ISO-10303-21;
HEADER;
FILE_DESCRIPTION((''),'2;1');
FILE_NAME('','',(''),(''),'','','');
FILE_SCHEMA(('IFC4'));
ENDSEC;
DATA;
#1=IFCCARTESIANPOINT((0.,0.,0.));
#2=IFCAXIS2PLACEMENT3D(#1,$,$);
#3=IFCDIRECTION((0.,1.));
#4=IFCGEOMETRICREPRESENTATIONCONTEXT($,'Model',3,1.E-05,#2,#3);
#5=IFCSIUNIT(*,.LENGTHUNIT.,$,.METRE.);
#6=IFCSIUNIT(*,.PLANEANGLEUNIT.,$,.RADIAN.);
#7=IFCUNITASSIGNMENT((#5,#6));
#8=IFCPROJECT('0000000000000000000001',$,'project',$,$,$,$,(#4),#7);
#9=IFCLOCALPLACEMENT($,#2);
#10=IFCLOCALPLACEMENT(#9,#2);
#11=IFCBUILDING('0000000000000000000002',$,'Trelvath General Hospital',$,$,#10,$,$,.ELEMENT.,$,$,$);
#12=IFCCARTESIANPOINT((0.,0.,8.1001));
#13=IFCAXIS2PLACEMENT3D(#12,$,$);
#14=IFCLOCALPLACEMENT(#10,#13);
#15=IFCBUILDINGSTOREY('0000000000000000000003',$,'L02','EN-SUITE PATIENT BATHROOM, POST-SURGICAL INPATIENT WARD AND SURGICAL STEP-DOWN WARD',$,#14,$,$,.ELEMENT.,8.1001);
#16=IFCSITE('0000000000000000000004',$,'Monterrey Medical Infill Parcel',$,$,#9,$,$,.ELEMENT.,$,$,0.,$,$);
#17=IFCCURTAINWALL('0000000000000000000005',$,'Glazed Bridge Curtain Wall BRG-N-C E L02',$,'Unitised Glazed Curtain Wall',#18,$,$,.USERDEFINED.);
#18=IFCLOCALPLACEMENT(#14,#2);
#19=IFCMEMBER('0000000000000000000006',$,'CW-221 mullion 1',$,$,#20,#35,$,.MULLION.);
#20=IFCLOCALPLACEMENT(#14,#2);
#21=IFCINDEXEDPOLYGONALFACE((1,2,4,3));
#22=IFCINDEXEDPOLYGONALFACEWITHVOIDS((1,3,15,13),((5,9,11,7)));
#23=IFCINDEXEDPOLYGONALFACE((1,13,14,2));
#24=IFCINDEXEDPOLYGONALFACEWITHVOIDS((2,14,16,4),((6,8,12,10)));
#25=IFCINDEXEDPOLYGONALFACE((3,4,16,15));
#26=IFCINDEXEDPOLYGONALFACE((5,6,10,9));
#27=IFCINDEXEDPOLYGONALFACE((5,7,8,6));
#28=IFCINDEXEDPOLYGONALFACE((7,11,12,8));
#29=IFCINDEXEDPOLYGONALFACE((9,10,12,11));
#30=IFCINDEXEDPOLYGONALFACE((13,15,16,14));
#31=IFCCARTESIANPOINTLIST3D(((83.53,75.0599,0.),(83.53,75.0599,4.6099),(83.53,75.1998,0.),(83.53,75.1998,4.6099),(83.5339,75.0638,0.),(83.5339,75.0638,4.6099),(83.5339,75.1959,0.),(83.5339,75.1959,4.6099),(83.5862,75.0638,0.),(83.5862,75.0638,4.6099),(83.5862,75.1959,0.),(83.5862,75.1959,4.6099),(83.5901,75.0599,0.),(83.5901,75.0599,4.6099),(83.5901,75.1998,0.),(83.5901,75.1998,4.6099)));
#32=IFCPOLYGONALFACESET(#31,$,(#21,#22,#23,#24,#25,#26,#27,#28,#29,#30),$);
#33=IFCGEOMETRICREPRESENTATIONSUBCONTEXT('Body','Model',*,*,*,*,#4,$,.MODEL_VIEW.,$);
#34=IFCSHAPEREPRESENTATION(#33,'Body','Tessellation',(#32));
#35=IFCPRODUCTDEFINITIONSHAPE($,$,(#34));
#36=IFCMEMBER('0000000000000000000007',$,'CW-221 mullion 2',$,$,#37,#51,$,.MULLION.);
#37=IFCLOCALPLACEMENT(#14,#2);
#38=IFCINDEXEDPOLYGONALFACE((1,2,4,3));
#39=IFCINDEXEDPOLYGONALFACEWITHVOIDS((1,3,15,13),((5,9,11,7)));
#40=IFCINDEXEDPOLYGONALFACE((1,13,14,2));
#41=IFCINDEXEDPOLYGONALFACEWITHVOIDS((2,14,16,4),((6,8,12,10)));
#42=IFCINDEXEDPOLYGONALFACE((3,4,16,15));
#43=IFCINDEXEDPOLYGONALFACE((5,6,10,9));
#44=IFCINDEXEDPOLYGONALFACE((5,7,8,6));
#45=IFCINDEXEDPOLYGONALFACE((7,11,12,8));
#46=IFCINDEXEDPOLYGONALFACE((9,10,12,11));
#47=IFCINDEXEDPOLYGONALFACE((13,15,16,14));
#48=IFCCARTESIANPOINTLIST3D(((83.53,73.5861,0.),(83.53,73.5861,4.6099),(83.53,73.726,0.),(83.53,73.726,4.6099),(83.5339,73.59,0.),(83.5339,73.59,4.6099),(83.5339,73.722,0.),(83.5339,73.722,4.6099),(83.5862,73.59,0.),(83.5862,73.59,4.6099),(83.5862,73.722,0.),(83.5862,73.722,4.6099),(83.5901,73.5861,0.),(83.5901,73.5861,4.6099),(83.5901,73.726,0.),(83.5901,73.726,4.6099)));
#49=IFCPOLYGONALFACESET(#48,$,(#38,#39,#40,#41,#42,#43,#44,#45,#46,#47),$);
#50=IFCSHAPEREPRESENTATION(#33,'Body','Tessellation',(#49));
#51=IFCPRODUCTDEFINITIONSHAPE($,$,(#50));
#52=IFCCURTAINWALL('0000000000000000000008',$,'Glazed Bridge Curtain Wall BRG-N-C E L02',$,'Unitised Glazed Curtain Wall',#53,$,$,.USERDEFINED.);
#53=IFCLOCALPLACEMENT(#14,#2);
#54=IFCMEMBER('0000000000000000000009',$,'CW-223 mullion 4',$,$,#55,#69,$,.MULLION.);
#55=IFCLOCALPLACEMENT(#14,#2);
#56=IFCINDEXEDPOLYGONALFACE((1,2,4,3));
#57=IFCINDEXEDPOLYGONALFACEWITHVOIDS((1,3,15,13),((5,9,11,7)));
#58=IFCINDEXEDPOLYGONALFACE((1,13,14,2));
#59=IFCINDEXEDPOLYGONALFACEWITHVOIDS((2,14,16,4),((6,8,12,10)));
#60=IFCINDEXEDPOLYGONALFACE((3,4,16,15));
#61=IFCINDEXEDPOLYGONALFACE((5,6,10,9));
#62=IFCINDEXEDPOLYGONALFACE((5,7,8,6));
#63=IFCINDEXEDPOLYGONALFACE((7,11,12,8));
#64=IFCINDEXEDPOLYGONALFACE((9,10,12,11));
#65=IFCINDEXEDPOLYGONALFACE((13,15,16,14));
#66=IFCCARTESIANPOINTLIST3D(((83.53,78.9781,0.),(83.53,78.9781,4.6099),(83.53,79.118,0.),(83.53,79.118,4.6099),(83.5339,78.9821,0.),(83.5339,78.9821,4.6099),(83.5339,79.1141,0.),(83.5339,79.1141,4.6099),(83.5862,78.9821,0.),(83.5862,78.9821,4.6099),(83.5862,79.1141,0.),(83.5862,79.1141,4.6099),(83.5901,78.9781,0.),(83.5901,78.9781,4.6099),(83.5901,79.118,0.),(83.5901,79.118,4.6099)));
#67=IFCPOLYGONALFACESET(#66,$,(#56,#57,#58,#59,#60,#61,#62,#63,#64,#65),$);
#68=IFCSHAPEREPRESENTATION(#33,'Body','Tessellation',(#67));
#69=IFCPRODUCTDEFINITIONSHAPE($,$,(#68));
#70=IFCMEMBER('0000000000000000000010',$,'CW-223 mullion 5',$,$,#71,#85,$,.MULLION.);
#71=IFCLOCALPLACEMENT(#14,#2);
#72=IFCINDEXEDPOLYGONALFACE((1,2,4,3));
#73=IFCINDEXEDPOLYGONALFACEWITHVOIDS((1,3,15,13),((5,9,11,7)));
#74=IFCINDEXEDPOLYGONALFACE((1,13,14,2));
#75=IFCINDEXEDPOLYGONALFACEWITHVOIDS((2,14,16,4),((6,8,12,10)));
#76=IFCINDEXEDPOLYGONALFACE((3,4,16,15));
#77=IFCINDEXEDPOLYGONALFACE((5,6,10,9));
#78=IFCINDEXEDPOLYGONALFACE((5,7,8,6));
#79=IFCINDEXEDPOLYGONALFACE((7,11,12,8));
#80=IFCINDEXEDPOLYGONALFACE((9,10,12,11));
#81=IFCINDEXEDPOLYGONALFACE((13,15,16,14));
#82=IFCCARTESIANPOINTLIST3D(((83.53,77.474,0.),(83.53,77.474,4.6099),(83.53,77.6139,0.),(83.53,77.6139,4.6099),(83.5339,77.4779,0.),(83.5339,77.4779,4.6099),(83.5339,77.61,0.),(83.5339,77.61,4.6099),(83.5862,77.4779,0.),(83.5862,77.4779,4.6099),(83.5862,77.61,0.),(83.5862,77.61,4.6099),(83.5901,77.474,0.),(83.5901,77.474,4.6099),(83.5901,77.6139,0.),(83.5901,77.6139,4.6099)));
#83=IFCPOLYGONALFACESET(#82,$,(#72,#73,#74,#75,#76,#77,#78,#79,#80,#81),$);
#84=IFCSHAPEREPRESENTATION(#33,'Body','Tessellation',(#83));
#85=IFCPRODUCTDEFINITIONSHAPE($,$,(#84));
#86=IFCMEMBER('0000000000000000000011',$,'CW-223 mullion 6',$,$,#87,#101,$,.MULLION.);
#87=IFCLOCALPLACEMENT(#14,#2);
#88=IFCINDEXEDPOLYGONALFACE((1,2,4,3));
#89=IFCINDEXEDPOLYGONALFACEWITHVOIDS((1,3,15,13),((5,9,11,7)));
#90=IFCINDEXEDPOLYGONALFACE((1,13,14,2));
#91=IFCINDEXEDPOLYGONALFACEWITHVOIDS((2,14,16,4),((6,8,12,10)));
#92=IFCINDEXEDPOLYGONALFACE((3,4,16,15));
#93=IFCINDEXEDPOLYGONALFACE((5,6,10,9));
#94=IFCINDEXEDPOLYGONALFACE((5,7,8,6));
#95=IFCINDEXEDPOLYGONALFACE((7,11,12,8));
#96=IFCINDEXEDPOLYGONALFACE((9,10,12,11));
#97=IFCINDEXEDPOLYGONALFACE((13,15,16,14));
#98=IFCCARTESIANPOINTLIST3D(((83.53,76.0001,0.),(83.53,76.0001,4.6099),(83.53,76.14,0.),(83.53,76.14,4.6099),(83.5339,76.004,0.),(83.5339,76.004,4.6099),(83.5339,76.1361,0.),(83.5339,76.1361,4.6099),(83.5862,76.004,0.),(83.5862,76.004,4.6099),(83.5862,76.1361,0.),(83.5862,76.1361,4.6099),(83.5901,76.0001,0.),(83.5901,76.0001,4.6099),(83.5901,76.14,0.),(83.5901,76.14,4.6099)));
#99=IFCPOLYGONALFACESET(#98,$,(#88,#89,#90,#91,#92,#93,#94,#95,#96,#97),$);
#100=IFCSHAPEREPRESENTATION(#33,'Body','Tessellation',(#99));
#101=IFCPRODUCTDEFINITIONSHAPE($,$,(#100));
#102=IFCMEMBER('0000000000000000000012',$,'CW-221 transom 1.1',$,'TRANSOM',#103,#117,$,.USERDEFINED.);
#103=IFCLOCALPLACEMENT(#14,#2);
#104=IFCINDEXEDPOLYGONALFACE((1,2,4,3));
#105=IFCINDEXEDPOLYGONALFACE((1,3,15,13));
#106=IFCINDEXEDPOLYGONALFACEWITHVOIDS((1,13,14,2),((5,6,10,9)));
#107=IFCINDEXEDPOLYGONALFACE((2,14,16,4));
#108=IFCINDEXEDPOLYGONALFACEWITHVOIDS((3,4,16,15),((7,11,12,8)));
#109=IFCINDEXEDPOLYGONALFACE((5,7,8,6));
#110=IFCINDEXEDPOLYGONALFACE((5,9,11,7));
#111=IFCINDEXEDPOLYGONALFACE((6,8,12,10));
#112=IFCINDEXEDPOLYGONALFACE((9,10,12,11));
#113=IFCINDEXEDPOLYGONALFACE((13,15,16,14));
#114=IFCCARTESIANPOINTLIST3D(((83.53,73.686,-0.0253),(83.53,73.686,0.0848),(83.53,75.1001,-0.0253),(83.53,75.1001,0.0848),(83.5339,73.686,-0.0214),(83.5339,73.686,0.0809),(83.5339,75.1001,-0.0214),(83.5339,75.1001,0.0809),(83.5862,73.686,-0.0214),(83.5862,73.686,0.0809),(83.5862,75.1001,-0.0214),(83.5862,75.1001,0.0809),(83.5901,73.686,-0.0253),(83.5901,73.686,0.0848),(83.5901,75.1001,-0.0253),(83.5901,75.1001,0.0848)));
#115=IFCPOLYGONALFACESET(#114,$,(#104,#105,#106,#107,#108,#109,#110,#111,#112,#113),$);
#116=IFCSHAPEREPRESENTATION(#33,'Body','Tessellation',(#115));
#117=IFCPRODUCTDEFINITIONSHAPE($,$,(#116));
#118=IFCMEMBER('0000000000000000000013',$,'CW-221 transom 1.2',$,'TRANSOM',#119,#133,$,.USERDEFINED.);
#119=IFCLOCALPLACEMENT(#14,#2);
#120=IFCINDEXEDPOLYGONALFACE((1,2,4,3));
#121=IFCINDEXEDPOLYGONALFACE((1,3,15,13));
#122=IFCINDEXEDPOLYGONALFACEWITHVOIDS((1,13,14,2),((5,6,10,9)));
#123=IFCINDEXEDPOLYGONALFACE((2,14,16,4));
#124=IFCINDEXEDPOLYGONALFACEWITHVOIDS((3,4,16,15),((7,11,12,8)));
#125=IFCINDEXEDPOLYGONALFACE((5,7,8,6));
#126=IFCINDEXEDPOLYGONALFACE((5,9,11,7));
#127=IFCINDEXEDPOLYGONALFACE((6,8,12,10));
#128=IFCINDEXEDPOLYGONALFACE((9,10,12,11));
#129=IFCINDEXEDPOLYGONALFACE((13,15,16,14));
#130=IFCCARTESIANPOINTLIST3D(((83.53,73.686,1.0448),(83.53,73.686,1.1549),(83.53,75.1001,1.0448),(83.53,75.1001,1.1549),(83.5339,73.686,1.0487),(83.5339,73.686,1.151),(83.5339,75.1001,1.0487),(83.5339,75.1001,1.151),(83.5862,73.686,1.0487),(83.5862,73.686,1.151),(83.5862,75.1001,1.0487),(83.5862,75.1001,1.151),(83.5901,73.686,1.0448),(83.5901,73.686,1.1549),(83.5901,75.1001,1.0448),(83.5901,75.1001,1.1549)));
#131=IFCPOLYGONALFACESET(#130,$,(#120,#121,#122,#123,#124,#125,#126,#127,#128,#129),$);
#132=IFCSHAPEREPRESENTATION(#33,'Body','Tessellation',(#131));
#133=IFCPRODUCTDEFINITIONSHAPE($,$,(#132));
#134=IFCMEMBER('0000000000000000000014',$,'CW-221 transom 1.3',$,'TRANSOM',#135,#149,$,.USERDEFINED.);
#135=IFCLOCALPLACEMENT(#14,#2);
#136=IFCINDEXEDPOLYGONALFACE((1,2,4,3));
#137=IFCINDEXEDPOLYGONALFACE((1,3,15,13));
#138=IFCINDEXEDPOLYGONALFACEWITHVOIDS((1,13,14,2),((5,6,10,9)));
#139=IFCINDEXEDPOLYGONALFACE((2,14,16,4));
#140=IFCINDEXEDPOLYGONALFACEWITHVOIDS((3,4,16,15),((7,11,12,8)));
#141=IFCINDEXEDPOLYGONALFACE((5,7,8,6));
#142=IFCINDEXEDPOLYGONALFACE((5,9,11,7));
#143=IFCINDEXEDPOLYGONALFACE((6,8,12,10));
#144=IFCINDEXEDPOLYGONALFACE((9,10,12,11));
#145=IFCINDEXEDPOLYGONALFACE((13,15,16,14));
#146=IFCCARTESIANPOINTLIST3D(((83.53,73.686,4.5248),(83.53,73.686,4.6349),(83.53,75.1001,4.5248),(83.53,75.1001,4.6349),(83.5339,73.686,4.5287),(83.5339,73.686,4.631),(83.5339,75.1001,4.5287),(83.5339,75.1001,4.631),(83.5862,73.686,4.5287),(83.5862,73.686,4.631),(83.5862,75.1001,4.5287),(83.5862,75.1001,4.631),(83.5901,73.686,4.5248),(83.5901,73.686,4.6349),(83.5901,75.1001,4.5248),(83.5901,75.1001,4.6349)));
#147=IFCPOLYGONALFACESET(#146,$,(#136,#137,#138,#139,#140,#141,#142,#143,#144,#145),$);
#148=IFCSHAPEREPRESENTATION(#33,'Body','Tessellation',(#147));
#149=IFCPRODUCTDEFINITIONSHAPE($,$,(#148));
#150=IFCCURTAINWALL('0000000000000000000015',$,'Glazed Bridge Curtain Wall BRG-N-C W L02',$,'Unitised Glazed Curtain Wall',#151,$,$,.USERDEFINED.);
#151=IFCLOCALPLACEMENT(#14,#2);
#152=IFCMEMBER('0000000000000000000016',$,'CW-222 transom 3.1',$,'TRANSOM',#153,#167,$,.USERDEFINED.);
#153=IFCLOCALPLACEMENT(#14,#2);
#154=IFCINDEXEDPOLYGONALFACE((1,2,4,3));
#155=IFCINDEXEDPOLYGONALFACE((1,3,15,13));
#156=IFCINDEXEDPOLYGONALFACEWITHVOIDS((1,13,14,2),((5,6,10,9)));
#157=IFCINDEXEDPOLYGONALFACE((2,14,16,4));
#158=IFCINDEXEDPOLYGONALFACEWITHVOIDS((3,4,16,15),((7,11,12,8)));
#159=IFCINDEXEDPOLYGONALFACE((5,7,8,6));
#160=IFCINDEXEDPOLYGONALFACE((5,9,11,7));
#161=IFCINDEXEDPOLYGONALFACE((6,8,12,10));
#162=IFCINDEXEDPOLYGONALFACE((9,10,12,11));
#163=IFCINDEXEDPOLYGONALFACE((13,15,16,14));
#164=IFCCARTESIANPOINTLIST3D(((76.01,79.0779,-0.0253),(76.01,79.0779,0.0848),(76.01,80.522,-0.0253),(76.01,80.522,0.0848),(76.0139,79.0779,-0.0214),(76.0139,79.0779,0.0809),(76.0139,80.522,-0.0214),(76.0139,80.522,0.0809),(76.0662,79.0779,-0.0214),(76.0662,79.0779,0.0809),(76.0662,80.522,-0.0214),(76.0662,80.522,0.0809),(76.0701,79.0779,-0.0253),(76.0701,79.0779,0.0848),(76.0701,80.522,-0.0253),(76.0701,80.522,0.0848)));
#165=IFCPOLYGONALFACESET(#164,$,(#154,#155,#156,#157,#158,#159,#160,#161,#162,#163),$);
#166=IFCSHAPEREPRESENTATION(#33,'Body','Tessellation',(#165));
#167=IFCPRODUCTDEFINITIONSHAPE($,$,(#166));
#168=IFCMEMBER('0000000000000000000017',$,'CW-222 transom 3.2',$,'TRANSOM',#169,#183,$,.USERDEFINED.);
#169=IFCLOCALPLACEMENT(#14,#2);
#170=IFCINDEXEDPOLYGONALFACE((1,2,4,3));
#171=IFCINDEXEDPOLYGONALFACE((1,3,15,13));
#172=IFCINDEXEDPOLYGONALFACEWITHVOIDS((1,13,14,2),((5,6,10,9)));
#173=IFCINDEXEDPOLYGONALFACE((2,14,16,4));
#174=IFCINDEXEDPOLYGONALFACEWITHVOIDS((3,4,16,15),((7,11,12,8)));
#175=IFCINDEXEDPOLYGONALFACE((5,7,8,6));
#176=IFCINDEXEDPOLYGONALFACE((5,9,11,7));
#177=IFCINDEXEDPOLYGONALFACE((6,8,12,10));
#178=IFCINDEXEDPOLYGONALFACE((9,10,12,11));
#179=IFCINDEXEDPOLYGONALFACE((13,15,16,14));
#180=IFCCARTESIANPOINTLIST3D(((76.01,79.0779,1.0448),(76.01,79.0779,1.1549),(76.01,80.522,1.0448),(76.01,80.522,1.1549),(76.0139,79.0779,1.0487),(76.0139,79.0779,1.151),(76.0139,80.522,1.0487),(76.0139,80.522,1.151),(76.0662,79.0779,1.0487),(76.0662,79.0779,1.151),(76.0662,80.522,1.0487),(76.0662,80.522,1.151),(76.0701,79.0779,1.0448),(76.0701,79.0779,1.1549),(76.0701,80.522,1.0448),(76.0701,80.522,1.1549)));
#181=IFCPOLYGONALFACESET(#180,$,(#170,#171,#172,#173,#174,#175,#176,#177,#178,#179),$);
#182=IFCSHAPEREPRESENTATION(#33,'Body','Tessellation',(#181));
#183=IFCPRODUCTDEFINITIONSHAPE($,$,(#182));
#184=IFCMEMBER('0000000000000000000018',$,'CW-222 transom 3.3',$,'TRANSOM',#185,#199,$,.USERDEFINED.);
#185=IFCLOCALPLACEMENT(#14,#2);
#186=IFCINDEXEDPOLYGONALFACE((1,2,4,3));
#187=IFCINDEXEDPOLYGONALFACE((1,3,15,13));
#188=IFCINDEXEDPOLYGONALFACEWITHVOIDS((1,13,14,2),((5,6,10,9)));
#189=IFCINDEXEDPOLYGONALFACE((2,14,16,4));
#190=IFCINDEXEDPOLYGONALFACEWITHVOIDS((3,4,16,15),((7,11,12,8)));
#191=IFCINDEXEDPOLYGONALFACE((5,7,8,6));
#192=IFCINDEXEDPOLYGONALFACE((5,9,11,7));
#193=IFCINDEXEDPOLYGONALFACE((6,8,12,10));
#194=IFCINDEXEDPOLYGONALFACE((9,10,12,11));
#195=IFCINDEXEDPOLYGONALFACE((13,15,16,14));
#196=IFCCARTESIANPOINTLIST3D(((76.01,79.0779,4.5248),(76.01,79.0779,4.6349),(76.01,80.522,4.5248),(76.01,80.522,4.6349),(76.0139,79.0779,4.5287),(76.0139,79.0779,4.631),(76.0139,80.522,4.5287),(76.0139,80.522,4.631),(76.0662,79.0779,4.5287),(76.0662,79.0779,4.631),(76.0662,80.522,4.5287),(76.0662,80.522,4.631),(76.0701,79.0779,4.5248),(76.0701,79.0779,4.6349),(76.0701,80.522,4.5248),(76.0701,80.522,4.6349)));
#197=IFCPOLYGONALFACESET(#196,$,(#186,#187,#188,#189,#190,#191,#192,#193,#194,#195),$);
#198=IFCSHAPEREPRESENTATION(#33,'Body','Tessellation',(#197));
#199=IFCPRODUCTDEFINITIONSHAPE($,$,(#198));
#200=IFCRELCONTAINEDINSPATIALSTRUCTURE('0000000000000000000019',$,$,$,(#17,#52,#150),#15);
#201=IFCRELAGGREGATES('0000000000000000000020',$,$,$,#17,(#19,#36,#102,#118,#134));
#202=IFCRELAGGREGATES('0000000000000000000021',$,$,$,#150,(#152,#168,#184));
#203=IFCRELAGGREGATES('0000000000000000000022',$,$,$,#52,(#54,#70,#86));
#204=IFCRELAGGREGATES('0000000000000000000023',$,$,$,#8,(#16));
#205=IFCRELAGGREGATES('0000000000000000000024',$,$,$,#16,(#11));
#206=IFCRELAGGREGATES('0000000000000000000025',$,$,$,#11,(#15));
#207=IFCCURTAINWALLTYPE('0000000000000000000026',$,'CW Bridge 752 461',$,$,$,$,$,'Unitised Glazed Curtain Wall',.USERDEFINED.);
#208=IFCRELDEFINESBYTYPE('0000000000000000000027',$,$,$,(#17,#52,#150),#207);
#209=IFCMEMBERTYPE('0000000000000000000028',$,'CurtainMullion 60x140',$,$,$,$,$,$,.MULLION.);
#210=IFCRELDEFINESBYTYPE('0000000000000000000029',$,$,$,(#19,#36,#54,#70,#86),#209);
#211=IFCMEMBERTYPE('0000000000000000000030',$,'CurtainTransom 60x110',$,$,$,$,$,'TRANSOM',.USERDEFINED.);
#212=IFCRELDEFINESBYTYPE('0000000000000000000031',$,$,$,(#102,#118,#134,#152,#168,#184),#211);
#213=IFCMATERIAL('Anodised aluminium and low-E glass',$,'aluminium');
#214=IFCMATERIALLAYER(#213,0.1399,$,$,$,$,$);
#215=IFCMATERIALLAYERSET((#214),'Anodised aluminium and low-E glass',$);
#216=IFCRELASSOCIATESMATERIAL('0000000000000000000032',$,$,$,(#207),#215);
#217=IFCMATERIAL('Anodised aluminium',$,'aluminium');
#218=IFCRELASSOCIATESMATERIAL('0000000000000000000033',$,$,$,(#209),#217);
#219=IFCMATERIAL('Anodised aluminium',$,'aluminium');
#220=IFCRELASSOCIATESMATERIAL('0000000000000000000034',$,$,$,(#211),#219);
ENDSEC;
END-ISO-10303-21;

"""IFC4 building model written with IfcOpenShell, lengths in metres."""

from ifc_helpers import new_model, si_unit, direction, frame, origin, origin_2d, place, context, subcontext, project, spatial, hollow_rectangle, extrude, material, layer, layer_set, material_profile, profile_set, type_object, element, aggregate, save


model = new_model("IFC4")

# Units and contexts
model_context = context("Model", 3, precision=1e-05, world=origin(), true_north=direction((0.0, 1.0)))
body_context = subcontext(model_context, "Body", "Model", "MODEL_VIEW")
ifc_project = project(units=[si_unit("LENGTHUNIT", "METRE"), si_unit("PLANEANGLEUNIT", "RADIAN")], contexts=[model_context])

# Site, building, storey
site_placement = place(None, origin())
site = spatial("IfcSite", under=ifc_project, at=site_placement, Name="Monterrey Medical Infill Parcel", CompositionType="ELEMENT", RefElevation=0.0)
building_placement = place(site_placement, origin())
building = spatial("IfcBuilding", under=site, at=building_placement, Name="Trelvath General Hospital", CompositionType="ELEMENT")
storey_placement = place(building_placement, frame((0.0, 0.0, 8.1001)))
storey = spatial("IfcBuildingStorey", under=building, at=storey_placement, Name="L02", Description="EN-SUITE PATIENT BATHROOM, POST-SURGICAL INPATIENT WARD AND SURGICAL STEP-DOWN WARD", CompositionType="ELEMENT", Elevation=8.1001)

# Curtain walls, members
ifc_material_1 = material(Name="Anodised aluminium and low-E glass", Category="aluminium")
ifc_layer_1 = layer(ifc_material_1, 0.1399)
ifc_layer_set_1 = layer_set([ifc_layer_1], Name="Anodised aluminium and low-E glass")
curtain_wall_type = type_object("IfcCurtainWallType", Name="CW Bridge 752 461", ElementType="Unitised Glazed Curtain Wall", PredefinedType="USERDEFINED", material=ifc_layer_set_1)
curtain_wall_1_placement = place(storey_placement, origin())
curtain_wall_1 = element("IfcCurtainWall", 1, at=curtain_wall_1_placement, inside=storey, type_object=curtain_wall_type, Name="Glazed Bridge Curtain Wall BRG-N-C E L02", ObjectType="Unitised Glazed Curtain Wall", PredefinedType="USERDEFINED")
ifc_material_2 = material(Name="Anodised aluminium", Category="aluminium")
ifc_material_profile_1 = material_profile(ifc_material_2, hollow_rectangle(XDim=0.0601, YDim=0.1399, WallThickness=0.0039, at=origin_2d()), Name="RHS60x140x4")
ifc_profile_set_1 = profile_set([ifc_material_profile_1], Name="Anodised aluminium")
member_type_1 = type_object("IfcMemberType", Name="CurtainMullion 60x140", PredefinedType="MULLION", material=ifc_profile_set_1)
member_1_placement = place(storey_placement, frame((83.5601, 75.1299, 0.0), z_axis=(0.0, 0.0, 1.0), x_axis=(1.0, 0.0, 0.0)))
member_1 = element("IfcMember", 2, at=member_1_placement, type_object=member_type_1, Name="CW-221 mullion 1", PredefinedType="MULLION", context=body_context, shape_type="SweptSolid", body=[
    extrude(hollow_rectangle(XDim=0.0601, YDim=0.1399, WallThickness=0.0039, at=origin_2d()), origin(), (0.0, 0.0, 1.0), 4.6099),
])
member_2_placement = place(storey_placement, frame((83.5601, 73.656, 0.0), z_axis=(0.0, 0.0, 1.0), x_axis=(1.0, 0.0, 0.0)))
member_2 = element("IfcMember", 3, at=member_2_placement, type_object=member_type_1, Name="CW-221 mullion 2", PredefinedType="MULLION", context=body_context, shape_type="SweptSolid", body=[
    extrude(hollow_rectangle(XDim=0.0601, YDim=0.1399, WallThickness=0.0039, at=origin_2d()), origin(), (0.0, 0.0, 1.0), 4.6099),
])
curtain_wall_2_placement = place(storey_placement, origin())
curtain_wall_2 = element("IfcCurtainWall", 4, at=curtain_wall_2_placement, inside=storey, type_object=curtain_wall_type, Name="Glazed Bridge Curtain Wall BRG-N-C E L02", ObjectType="Unitised Glazed Curtain Wall", PredefinedType="USERDEFINED")
member_3_placement = place(storey_placement, frame((83.5601, 79.0481, 0.0), z_axis=(0.0, 0.0, 1.0), x_axis=(1.0, 0.0, 0.0)))
member_3 = element("IfcMember", 5, at=member_3_placement, type_object=member_type_1, Name="CW-223 mullion 4", PredefinedType="MULLION", context=body_context, shape_type="SweptSolid", body=[
    extrude(hollow_rectangle(XDim=0.0601, YDim=0.1399, WallThickness=0.0039, at=origin_2d()), origin(), (0.0, 0.0, 1.0), 4.6099),
])
member_4_placement = place(storey_placement, frame((83.5601, 77.5439, 0.0), z_axis=(0.0, 0.0, 1.0), x_axis=(1.0, 0.0, 0.0)))
member_4 = element("IfcMember", 6, at=member_4_placement, type_object=member_type_1, Name="CW-223 mullion 5", PredefinedType="MULLION", context=body_context, shape_type="SweptSolid", body=[
    extrude(hollow_rectangle(XDim=0.0601, YDim=0.1399, WallThickness=0.0039, at=origin_2d()), origin(), (0.0, 0.0, 1.0), 4.6099),
])
member_5_placement = place(storey_placement, frame((83.5601, 76.0701, 0.0), z_axis=(0.0, 0.0, 1.0), x_axis=(1.0, 0.0, 0.0)))
member_5 = element("IfcMember", 7, at=member_5_placement, type_object=member_type_1, Name="CW-223 mullion 6", PredefinedType="MULLION", context=body_context, shape_type="SweptSolid", body=[
    extrude(hollow_rectangle(XDim=0.0601, YDim=0.1399, WallThickness=0.0039, at=origin_2d()), origin(), (0.0, 0.0, 1.0), 4.6099),
])

# Members
ifc_material_3 = material(Name="Anodised aluminium", Category="aluminium")
ifc_material_profile_2 = material_profile(ifc_material_3, hollow_rectangle(XDim=0.0601, YDim=0.1101, WallThickness=0.0039, at=origin_2d()), Name="RHS60x110x4")
ifc_profile_set_2 = profile_set([ifc_material_profile_2], Name="Anodised aluminium")
member_type_2 = type_object("IfcMemberType", Name="CurtainTransom 60x110", ElementType="TRANSOM", PredefinedType="USERDEFINED", material=ifc_profile_set_2)
member_6_placement = place(storey_placement, frame((83.5601, 75.1001, 0.0298), z_axis=(0.0, -1.0, 0.0), x_axis=(1.0, 0.0, 0.0)))
member_6 = element("IfcMember", 8, at=member_6_placement, type_object=member_type_2, Name="CW-221 transom 1.1", ObjectType="TRANSOM", PredefinedType="USERDEFINED", context=body_context, shape_type="SweptSolid", body=[
    extrude(hollow_rectangle(XDim=0.0601, YDim=0.1101, WallThickness=0.0039, at=origin_2d()), origin(), (0.0, 0.0, 1.0), 1.4141),
])
member_7_placement = place(storey_placement, frame((83.5601, 75.1001, 1.0999), z_axis=(0.0, -1.0, 0.0), x_axis=(1.0, 0.0, 0.0)))
member_7 = element("IfcMember", 9, at=member_7_placement, type_object=member_type_2, Name="CW-221 transom 1.2", ObjectType="TRANSOM", PredefinedType="USERDEFINED", context=body_context, shape_type="SweptSolid", body=[
    extrude(hollow_rectangle(XDim=0.0601, YDim=0.1101, WallThickness=0.0039, at=origin_2d()), origin(), (0.0, 0.0, 1.0), 1.4141),
])
member_8_placement = place(storey_placement, frame((83.5601, 75.1001, 4.5798), z_axis=(0.0, -1.0, 0.0), x_axis=(1.0, 0.0, 0.0)))
member_8 = element("IfcMember", 10, at=member_8_placement, type_object=member_type_2, Name="CW-221 transom 1.3", ObjectType="TRANSOM", PredefinedType="USERDEFINED", context=body_context, shape_type="SweptSolid", body=[
    extrude(hollow_rectangle(XDim=0.0601, YDim=0.1101, WallThickness=0.0039, at=origin_2d()), origin(), (0.0, 0.0, 1.0), 1.4141),
])

# Curtain wall, members
curtain_wall_3_placement = place(storey_placement, origin())
curtain_wall_3 = element("IfcCurtainWall", 11, at=curtain_wall_3_placement, inside=storey, type_object=curtain_wall_type, Name="Glazed Bridge Curtain Wall BRG-N-C W L02", ObjectType="Unitised Glazed Curtain Wall", PredefinedType="USERDEFINED")
member_9_placement = place(storey_placement, frame((76.04, 79.0779, 0.0298), z_axis=(0.0, 1.0, 0.0), x_axis=(-1.0, 0.0, 0.0)))
member_9 = element("IfcMember", 12, at=member_9_placement, type_object=member_type_2, Name="CW-222 transom 3.1", ObjectType="TRANSOM", PredefinedType="USERDEFINED", context=body_context, shape_type="SweptSolid", body=[
    extrude(hollow_rectangle(XDim=0.0601, YDim=0.1101, WallThickness=0.0039, at=origin_2d()), origin(), (0.0, 0.0, 1.0), 1.4441),
])
member_10_placement = place(storey_placement, frame((76.04, 79.0779, 1.0999), z_axis=(0.0, 1.0, 0.0), x_axis=(-1.0, 0.0, 0.0)))
member_10 = element("IfcMember", 13, at=member_10_placement, type_object=member_type_2, Name="CW-222 transom 3.2", ObjectType="TRANSOM", PredefinedType="USERDEFINED", context=body_context, shape_type="SweptSolid", body=[
    extrude(hollow_rectangle(XDim=0.0601, YDim=0.1101, WallThickness=0.0039, at=origin_2d()), origin(), (0.0, 0.0, 1.0), 1.4441),
])
member_11_placement = place(storey_placement, frame((76.04, 79.0779, 4.5798), z_axis=(0.0, 1.0, 0.0), x_axis=(-1.0, 0.0, 0.0)))
member_11 = element("IfcMember", 14, at=member_11_placement, type_object=member_type_2, Name="CW-222 transom 3.3", ObjectType="TRANSOM", PredefinedType="USERDEFINED", context=body_context, shape_type="SweptSolid", body=[
    extrude(hollow_rectangle(XDim=0.0601, YDim=0.1101, WallThickness=0.0039, at=origin_2d()), origin(), (0.0, 0.0, 1.0), 1.4441),
])

aggregate(curtain_wall_1, [member_1, member_2, member_6, member_7, member_8])
aggregate(curtain_wall_3, [member_9, member_10, member_11])
aggregate(curtain_wall_2, [member_3, member_4, member_5])

save(model, "model.ifc")
